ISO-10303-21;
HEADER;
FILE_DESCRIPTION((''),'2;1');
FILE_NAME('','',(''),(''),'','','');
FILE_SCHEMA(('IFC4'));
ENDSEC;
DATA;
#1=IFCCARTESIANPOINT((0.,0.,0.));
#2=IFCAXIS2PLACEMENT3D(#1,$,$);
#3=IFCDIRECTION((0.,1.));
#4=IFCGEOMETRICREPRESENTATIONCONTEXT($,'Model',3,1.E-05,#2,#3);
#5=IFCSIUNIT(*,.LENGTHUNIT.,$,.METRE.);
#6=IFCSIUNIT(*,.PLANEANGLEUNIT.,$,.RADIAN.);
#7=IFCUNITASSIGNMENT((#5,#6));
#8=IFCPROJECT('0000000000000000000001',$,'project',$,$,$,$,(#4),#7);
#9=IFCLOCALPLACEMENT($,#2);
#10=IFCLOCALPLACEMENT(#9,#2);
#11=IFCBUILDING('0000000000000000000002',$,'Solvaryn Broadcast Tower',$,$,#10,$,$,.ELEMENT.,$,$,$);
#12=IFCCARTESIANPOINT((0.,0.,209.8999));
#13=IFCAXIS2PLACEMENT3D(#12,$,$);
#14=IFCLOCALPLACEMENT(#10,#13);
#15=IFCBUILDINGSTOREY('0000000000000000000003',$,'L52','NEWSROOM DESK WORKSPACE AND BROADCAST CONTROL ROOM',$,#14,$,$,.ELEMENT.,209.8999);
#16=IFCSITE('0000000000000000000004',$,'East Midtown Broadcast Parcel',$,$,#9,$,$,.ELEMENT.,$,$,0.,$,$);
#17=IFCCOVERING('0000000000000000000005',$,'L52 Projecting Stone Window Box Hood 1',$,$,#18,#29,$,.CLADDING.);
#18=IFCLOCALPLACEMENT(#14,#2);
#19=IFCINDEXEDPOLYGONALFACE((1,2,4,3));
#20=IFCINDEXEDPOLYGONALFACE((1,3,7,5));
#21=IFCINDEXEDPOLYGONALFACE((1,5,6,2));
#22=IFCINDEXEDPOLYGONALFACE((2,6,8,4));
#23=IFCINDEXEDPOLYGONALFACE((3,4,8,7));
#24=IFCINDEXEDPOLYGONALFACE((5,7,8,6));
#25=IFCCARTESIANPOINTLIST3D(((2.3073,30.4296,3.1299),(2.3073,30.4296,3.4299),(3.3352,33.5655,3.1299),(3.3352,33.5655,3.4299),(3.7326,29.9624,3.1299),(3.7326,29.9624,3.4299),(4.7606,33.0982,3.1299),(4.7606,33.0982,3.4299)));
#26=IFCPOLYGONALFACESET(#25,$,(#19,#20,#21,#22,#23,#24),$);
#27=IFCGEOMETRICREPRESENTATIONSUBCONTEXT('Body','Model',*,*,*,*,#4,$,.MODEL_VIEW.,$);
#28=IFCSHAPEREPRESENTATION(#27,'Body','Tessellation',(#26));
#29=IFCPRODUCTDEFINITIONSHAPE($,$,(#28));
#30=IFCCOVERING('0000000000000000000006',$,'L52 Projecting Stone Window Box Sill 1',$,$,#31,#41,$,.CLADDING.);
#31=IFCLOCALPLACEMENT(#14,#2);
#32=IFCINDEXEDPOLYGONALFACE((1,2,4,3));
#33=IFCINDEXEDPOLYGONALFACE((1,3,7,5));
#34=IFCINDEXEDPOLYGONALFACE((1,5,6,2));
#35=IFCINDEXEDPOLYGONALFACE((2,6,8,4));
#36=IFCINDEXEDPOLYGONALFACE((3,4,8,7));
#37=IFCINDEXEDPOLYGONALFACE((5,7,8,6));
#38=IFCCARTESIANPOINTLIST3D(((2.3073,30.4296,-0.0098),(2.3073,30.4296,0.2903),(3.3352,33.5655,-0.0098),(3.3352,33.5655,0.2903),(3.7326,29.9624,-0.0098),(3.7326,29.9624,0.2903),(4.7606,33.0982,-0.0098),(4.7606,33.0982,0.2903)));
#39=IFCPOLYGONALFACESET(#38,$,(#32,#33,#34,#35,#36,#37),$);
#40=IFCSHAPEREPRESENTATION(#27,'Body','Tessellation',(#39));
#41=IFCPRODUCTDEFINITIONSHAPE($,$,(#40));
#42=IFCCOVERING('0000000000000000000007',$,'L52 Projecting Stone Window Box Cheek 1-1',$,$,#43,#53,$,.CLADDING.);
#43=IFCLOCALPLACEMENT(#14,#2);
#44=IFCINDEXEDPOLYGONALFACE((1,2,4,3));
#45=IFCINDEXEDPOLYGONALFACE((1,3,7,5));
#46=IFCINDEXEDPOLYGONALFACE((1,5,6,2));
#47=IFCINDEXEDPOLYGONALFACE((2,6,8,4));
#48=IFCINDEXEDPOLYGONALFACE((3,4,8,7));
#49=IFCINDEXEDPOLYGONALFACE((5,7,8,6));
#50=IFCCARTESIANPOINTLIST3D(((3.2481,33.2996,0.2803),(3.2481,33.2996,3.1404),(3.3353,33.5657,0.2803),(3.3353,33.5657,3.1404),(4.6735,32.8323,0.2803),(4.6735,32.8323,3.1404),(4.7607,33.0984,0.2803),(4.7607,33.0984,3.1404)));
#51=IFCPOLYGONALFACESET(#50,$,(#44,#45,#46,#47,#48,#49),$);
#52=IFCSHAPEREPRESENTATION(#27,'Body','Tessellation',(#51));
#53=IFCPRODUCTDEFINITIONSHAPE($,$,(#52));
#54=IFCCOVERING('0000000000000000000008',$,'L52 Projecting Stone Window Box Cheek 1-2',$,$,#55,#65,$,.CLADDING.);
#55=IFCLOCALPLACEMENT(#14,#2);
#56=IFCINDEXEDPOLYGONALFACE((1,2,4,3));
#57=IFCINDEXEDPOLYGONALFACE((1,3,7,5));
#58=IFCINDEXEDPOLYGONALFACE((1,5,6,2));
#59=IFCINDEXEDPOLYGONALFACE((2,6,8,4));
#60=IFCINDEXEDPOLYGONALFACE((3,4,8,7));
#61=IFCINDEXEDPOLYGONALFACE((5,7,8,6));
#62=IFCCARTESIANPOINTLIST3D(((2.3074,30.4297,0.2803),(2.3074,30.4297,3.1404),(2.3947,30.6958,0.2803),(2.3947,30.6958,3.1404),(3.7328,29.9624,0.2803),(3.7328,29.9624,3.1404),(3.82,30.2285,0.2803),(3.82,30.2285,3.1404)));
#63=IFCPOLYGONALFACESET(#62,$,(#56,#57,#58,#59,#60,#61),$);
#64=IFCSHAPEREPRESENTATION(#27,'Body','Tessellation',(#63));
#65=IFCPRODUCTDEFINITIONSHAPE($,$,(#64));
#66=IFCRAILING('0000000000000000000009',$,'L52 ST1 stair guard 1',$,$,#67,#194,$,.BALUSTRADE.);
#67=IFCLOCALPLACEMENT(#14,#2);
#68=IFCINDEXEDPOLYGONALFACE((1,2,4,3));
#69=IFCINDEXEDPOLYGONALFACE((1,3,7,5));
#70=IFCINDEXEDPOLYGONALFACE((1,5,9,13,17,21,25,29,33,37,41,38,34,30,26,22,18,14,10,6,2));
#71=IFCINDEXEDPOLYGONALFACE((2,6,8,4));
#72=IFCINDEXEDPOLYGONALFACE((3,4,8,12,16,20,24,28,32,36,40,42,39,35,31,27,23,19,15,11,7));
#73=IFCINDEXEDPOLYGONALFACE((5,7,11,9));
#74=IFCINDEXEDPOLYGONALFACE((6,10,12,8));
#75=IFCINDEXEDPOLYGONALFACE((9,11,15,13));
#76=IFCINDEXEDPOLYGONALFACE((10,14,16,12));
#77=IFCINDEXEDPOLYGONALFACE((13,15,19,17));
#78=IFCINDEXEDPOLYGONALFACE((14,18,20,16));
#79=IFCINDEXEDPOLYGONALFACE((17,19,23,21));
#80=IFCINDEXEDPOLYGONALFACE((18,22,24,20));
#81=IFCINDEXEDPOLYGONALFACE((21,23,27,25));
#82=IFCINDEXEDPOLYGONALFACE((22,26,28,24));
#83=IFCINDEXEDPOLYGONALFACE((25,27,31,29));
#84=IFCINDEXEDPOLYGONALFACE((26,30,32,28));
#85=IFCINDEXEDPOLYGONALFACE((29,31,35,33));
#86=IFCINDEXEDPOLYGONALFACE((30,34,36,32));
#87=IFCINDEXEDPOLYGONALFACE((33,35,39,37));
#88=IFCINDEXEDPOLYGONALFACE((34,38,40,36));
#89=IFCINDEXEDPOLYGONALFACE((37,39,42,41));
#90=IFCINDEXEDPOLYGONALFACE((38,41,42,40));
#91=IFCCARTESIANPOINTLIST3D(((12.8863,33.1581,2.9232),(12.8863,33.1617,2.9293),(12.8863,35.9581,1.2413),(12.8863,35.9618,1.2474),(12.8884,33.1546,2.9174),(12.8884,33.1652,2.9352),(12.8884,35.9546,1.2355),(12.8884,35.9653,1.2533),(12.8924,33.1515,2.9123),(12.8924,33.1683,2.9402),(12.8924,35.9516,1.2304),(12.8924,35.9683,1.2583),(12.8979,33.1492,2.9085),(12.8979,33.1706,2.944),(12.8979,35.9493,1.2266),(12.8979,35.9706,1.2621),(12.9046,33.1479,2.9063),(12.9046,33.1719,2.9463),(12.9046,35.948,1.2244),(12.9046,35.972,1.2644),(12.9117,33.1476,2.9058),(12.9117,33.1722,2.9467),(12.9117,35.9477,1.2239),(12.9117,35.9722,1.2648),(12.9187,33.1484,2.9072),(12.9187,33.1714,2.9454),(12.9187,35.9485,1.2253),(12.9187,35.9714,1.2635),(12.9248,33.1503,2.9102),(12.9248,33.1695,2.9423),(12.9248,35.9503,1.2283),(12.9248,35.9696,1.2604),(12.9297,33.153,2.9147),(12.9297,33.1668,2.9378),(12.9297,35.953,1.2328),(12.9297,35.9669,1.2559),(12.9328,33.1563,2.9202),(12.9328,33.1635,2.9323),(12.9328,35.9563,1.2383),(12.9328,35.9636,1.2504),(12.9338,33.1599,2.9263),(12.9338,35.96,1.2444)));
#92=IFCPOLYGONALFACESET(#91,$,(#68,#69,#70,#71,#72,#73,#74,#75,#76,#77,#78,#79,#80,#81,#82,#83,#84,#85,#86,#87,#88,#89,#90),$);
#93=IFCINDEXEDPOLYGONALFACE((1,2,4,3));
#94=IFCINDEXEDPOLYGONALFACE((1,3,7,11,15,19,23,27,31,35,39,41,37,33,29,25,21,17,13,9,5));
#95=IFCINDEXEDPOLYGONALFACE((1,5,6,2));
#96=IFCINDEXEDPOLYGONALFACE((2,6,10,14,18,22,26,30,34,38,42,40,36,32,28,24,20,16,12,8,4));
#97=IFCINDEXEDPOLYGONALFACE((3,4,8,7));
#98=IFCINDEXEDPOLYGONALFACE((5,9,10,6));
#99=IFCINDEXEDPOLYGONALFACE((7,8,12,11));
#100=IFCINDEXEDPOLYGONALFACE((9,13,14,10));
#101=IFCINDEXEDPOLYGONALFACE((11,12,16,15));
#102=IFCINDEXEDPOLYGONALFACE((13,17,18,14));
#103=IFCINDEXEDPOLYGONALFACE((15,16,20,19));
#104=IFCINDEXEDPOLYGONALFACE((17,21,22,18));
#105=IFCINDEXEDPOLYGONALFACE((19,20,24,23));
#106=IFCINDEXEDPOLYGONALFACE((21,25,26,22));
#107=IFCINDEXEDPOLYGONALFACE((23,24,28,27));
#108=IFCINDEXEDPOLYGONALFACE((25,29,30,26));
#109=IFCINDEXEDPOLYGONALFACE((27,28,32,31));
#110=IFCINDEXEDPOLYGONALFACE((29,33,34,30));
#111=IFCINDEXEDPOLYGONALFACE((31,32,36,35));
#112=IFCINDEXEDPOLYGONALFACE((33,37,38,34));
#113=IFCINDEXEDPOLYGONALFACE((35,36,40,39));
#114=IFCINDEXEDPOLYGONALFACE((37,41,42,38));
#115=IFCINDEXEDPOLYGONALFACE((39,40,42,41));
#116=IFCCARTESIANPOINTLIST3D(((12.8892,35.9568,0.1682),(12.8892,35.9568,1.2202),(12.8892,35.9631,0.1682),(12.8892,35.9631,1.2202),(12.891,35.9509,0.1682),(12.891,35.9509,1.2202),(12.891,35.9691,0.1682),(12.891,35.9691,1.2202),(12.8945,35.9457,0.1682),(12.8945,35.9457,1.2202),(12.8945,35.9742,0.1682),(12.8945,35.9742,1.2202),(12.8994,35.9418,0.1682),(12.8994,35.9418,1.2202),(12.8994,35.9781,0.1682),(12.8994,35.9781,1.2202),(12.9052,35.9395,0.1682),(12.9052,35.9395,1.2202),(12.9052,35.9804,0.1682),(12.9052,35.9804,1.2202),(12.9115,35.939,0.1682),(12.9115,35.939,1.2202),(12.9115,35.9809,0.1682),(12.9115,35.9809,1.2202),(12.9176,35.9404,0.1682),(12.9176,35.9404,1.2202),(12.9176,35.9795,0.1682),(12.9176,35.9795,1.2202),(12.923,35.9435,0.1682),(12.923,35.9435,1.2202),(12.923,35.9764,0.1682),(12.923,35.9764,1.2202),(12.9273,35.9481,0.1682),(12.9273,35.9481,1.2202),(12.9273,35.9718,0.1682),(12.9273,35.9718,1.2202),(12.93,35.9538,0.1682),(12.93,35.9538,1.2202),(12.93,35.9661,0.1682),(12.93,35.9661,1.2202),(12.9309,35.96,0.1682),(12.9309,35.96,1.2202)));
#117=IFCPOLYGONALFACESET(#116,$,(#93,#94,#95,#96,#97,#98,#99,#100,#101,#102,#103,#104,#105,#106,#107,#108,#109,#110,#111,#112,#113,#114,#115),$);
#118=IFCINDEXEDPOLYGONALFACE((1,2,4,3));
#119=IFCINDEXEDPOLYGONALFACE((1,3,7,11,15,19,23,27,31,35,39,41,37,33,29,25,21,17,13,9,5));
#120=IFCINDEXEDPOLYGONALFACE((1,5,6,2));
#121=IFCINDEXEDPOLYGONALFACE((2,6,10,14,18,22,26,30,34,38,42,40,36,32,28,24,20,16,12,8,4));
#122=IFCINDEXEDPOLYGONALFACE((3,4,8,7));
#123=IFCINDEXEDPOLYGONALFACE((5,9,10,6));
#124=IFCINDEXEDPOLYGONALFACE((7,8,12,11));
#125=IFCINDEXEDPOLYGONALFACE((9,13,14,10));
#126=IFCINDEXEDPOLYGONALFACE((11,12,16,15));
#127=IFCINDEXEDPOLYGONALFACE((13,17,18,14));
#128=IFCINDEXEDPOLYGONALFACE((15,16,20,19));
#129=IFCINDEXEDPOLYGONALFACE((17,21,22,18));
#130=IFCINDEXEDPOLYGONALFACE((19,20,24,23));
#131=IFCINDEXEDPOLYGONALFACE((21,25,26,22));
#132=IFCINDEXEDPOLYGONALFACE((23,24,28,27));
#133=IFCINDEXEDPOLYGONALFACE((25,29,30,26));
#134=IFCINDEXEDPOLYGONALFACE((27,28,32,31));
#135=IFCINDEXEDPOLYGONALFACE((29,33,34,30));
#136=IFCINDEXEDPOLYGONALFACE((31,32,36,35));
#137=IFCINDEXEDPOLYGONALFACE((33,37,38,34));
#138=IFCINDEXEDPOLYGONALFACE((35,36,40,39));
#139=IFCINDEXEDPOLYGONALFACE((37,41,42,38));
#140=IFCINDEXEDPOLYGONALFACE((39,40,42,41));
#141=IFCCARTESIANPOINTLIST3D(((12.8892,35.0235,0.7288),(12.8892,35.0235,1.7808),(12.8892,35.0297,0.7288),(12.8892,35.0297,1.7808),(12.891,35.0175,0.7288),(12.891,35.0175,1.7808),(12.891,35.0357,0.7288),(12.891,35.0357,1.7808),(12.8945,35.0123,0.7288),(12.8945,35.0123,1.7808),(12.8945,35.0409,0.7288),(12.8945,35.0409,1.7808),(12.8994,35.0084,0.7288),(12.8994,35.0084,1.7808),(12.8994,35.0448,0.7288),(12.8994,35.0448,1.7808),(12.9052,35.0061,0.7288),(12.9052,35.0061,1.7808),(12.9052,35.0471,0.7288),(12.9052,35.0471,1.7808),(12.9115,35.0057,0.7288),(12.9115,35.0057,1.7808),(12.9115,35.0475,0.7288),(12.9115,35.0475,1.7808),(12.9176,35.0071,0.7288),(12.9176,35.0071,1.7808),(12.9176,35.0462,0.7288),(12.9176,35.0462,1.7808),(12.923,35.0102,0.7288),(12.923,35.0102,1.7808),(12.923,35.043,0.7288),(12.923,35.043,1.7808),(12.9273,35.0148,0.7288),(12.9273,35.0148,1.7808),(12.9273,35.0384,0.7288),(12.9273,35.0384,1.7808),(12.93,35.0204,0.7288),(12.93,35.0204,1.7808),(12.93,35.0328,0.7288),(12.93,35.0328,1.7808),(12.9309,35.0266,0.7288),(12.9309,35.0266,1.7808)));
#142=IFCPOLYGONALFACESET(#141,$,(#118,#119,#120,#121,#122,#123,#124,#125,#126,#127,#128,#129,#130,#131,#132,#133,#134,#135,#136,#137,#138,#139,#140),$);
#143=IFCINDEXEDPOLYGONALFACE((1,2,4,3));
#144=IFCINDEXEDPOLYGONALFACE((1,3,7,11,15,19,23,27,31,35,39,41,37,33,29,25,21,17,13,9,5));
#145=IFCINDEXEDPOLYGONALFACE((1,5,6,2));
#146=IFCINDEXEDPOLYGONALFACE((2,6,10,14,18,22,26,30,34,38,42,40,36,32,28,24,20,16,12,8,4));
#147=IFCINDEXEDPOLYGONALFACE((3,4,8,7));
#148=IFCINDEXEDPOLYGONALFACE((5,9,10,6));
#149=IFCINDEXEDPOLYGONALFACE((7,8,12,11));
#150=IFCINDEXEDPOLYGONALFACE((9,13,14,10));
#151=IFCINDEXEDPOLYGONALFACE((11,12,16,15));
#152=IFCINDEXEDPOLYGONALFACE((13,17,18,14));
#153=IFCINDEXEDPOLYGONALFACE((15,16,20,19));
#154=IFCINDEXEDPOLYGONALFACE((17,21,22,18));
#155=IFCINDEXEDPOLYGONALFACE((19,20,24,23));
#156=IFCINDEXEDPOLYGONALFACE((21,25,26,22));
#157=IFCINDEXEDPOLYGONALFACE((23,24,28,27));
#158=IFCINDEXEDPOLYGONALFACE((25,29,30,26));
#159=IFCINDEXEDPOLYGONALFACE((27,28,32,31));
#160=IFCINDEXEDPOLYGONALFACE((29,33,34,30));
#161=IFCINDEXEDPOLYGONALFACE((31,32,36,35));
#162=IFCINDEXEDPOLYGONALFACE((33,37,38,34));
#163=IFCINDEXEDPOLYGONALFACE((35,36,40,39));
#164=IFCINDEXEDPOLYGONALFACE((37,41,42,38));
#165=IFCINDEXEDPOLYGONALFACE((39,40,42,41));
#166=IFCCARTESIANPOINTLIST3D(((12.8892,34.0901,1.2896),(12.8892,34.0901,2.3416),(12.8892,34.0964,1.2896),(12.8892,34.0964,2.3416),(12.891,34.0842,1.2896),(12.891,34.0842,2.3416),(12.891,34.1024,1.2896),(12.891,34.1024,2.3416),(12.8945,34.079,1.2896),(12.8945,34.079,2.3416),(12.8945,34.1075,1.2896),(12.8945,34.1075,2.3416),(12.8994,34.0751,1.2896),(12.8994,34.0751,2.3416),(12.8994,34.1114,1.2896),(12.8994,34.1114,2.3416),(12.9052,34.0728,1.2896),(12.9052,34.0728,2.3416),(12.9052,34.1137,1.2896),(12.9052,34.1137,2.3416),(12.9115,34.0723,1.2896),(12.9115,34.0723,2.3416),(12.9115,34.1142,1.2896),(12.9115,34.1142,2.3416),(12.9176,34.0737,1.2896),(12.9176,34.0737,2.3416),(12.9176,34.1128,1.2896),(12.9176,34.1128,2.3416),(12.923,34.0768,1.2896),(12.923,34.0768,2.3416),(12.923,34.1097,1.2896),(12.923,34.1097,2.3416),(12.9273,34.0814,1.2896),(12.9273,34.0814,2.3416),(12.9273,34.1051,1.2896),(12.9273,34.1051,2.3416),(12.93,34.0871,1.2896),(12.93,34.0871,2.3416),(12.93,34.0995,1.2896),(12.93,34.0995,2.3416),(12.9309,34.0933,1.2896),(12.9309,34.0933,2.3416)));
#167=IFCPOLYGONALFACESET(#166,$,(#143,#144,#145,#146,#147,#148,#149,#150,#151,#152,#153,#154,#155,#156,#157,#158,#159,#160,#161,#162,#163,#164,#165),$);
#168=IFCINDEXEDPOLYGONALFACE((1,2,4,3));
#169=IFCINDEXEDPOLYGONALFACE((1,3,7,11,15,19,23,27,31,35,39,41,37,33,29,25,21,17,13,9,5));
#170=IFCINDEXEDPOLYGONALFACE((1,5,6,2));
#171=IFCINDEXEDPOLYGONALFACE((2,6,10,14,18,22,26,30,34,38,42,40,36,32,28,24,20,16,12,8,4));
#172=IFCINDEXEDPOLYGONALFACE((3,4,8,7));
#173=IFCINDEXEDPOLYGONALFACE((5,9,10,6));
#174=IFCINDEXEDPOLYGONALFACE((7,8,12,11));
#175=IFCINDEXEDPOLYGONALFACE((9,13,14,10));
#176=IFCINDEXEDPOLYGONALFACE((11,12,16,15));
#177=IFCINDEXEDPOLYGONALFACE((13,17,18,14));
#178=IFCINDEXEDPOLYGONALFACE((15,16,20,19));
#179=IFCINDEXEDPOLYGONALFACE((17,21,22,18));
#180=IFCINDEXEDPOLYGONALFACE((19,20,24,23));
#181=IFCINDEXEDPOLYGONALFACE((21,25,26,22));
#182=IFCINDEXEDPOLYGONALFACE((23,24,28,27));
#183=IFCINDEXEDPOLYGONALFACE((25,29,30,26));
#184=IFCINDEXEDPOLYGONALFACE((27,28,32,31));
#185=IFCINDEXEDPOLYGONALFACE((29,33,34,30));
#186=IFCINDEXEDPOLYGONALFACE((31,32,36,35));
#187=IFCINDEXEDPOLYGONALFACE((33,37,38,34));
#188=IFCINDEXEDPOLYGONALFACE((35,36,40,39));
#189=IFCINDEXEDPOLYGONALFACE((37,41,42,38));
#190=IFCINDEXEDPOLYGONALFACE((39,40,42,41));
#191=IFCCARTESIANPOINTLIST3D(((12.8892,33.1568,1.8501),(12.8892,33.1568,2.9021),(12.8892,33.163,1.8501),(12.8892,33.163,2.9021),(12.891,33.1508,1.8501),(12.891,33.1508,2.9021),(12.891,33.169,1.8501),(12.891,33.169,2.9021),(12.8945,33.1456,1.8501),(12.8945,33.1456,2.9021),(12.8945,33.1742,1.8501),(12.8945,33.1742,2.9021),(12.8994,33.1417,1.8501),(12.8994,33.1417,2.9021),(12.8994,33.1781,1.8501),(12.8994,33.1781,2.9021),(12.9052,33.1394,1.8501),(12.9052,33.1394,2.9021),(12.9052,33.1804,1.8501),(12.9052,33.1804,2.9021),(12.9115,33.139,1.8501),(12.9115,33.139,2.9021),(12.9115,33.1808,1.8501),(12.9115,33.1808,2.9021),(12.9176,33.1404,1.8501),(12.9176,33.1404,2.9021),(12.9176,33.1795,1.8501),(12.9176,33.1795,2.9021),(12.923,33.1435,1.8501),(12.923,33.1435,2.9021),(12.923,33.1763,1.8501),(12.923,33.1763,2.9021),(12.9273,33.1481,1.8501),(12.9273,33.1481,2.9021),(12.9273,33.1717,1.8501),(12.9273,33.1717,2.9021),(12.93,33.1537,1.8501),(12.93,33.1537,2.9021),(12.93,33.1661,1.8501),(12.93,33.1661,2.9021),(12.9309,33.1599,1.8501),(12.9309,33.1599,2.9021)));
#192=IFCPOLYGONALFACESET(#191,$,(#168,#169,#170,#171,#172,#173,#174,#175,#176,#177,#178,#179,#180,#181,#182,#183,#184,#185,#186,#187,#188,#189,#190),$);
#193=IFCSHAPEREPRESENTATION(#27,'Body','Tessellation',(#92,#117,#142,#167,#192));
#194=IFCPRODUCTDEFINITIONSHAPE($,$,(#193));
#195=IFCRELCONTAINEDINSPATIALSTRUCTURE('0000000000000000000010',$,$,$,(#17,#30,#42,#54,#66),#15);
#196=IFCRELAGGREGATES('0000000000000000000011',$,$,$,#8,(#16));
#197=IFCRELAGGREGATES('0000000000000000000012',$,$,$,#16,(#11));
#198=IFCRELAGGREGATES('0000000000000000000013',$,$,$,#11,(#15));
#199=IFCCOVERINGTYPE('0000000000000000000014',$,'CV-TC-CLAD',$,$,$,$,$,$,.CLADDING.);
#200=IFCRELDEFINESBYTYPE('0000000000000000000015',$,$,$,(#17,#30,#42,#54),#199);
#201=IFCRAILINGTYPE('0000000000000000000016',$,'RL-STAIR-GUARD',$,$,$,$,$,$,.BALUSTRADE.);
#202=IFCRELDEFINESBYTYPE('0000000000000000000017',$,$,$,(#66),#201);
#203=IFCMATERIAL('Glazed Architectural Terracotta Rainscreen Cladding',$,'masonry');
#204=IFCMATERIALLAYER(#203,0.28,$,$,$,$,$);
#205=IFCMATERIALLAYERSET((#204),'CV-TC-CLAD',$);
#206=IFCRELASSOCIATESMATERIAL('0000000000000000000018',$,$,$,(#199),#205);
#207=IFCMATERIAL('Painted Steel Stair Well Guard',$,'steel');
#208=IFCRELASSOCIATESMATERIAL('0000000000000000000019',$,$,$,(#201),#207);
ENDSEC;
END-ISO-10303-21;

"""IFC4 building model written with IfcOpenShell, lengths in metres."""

from ifc_helpers import new_model, si_unit, direction, frame, origin, origin_2d, place, context, subcontext, project, spatial, rectangle, circle, extrude, material, layer, layer_set, type_object, element, save


model = new_model("IFC4")

# Units and contexts
model_context = context("Model", 3, precision=1e-05, world=origin(), true_north=direction((0.0, 1.0)))
body_context = subcontext(model_context, "Body", "Model", "MODEL_VIEW")
ifc_project = project(units=[si_unit("LENGTHUNIT", "METRE"), si_unit("PLANEANGLEUNIT", "RADIAN")], contexts=[model_context])

# Site, building, storey
site_placement = place(None, origin())
site = spatial("IfcSite", under=ifc_project, at=site_placement, Name="East Midtown Broadcast Parcel", CompositionType="ELEMENT", RefElevation=0.0)
building_placement = place(site_placement, origin())
building = spatial("IfcBuilding", under=site, at=building_placement, Name="Solvaryn Broadcast Tower", CompositionType="ELEMENT")
storey_placement = place(building_placement, frame((0.0, 0.0, 209.8999)))
storey = spatial("IfcBuildingStorey", under=building, at=storey_placement, Name="L52", Description="NEWSROOM DESK WORKSPACE AND BROADCAST CONTROL ROOM", CompositionType="ELEMENT", Elevation=209.8999)

# Coverings
ifc_material_1 = material(Name="Glazed Architectural Terracotta Rainscreen Cladding", Category="masonry")
ifc_layer_1 = layer(ifc_material_1, 0.28)
ifc_layer_set_1 = layer_set([ifc_layer_1], Name="CV-TC-CLAD")
covering_type = type_object("IfcCoveringType", Name="CV-TC-CLAD", PredefinedType="CLADDING", material=ifc_layer_set_1)
for number, where, z_axis, x_axis, name in (
    (1, (3.5339, 31.7639, 3.1299), (0.0, 0.0, 1.0), (-0.311506, -0.950244, 0.0), "L52 Projecting Stone Window Box Hood 1"),
    (2, (3.5339, 31.7639, -0.0098), (0.0, 0.0, 1.0), (-0.311506, -0.950244, 0.0), "L52 Projecting Stone Window Box Sill 1"),
):
    element("IfcCovering", number, at=place(storey_placement, frame(where, z_axis=z_axis, x_axis=x_axis)), inside=storey, type_object=covering_type, Name=name, PredefinedType="CLADDING", context=body_context, shape_type="SweptSolid", body=[
        extrude(rectangle(XDim=3.3, YDim=1.5, at=origin_2d()), origin(), (0.0, 0.0, 1.0), 0.3),
    ])
for number, where, z_axis, x_axis, name in (
    (3, (4.0044, 33.199, 0.2803), (0.0, 0.0, 1.0), (-0.311506, -0.950244, 0.0), "L52 Projecting Stone Window Box Cheek 1-1"),
    (4, (3.0637, 30.3291, 0.2803), (0.0, 0.0, 1.0), (-0.311506, -0.950244, 0.0), "L52 Projecting Stone Window Box Cheek 1-2"),
):
    element("IfcCovering", number, at=place(storey_placement, frame(where, z_axis=z_axis, x_axis=x_axis)), inside=storey, type_object=covering_type, Name=name, PredefinedType="CLADDING", context=body_context, shape_type="SweptSolid", body=[
        extrude(rectangle(XDim=0.28, YDim=1.5, at=origin_2d()), origin(), (0.0, 0.0, 1.0), 2.8601),
    ])

# Railing
ifc_material_2 = material(Name="Painted Steel Stair Well Guard", Category="steel")
railing_type_1 = type_object("IfcRailingType", Name="RL-STAIR-GUARD", PredefinedType="BALUSTRADE", material=ifc_material_2)
railing_1_placement = place(storey_placement, frame((12.9099, 35.96, 0.1682)))
element("IfcRailing", 5, at=railing_1_placement, inside=storey, type_object=railing_type_1, Name="L52 ST1 stair guard 1", PredefinedType="BALUSTRADE", context=body_context, shape_type="SweptSolid", body=[
    extrude(circle(Radius=0.0239, at=origin_2d()), frame((0.0, 0.0, 1.0762), z_axis=(0.0, -0.857242, 0.514913), x_axis=(1.0, 0.0, 0.0)), (0.0, 0.0, 1.0), 3.2664),
    extrude(circle(Radius=0.021, at=origin_2d()), origin(), (0.0, 0.0, 1.0), 1.052),
    extrude(circle(Radius=0.021, at=origin_2d()), frame((0.0, -0.9333, 0.5605)), (0.0, 0.0, 1.0), 1.052),
    extrude(circle(Radius=0.021, at=origin_2d()), frame((0.0, -1.8667, 1.1213)), (0.0, 0.0, 1.0), 1.052),
    extrude(circle(Radius=0.021, at=origin_2d()), frame((0.0, -2.8, 1.6819)), (0.0, 0.0, 1.0), 1.052),
])

save(model, "model.ifc")
